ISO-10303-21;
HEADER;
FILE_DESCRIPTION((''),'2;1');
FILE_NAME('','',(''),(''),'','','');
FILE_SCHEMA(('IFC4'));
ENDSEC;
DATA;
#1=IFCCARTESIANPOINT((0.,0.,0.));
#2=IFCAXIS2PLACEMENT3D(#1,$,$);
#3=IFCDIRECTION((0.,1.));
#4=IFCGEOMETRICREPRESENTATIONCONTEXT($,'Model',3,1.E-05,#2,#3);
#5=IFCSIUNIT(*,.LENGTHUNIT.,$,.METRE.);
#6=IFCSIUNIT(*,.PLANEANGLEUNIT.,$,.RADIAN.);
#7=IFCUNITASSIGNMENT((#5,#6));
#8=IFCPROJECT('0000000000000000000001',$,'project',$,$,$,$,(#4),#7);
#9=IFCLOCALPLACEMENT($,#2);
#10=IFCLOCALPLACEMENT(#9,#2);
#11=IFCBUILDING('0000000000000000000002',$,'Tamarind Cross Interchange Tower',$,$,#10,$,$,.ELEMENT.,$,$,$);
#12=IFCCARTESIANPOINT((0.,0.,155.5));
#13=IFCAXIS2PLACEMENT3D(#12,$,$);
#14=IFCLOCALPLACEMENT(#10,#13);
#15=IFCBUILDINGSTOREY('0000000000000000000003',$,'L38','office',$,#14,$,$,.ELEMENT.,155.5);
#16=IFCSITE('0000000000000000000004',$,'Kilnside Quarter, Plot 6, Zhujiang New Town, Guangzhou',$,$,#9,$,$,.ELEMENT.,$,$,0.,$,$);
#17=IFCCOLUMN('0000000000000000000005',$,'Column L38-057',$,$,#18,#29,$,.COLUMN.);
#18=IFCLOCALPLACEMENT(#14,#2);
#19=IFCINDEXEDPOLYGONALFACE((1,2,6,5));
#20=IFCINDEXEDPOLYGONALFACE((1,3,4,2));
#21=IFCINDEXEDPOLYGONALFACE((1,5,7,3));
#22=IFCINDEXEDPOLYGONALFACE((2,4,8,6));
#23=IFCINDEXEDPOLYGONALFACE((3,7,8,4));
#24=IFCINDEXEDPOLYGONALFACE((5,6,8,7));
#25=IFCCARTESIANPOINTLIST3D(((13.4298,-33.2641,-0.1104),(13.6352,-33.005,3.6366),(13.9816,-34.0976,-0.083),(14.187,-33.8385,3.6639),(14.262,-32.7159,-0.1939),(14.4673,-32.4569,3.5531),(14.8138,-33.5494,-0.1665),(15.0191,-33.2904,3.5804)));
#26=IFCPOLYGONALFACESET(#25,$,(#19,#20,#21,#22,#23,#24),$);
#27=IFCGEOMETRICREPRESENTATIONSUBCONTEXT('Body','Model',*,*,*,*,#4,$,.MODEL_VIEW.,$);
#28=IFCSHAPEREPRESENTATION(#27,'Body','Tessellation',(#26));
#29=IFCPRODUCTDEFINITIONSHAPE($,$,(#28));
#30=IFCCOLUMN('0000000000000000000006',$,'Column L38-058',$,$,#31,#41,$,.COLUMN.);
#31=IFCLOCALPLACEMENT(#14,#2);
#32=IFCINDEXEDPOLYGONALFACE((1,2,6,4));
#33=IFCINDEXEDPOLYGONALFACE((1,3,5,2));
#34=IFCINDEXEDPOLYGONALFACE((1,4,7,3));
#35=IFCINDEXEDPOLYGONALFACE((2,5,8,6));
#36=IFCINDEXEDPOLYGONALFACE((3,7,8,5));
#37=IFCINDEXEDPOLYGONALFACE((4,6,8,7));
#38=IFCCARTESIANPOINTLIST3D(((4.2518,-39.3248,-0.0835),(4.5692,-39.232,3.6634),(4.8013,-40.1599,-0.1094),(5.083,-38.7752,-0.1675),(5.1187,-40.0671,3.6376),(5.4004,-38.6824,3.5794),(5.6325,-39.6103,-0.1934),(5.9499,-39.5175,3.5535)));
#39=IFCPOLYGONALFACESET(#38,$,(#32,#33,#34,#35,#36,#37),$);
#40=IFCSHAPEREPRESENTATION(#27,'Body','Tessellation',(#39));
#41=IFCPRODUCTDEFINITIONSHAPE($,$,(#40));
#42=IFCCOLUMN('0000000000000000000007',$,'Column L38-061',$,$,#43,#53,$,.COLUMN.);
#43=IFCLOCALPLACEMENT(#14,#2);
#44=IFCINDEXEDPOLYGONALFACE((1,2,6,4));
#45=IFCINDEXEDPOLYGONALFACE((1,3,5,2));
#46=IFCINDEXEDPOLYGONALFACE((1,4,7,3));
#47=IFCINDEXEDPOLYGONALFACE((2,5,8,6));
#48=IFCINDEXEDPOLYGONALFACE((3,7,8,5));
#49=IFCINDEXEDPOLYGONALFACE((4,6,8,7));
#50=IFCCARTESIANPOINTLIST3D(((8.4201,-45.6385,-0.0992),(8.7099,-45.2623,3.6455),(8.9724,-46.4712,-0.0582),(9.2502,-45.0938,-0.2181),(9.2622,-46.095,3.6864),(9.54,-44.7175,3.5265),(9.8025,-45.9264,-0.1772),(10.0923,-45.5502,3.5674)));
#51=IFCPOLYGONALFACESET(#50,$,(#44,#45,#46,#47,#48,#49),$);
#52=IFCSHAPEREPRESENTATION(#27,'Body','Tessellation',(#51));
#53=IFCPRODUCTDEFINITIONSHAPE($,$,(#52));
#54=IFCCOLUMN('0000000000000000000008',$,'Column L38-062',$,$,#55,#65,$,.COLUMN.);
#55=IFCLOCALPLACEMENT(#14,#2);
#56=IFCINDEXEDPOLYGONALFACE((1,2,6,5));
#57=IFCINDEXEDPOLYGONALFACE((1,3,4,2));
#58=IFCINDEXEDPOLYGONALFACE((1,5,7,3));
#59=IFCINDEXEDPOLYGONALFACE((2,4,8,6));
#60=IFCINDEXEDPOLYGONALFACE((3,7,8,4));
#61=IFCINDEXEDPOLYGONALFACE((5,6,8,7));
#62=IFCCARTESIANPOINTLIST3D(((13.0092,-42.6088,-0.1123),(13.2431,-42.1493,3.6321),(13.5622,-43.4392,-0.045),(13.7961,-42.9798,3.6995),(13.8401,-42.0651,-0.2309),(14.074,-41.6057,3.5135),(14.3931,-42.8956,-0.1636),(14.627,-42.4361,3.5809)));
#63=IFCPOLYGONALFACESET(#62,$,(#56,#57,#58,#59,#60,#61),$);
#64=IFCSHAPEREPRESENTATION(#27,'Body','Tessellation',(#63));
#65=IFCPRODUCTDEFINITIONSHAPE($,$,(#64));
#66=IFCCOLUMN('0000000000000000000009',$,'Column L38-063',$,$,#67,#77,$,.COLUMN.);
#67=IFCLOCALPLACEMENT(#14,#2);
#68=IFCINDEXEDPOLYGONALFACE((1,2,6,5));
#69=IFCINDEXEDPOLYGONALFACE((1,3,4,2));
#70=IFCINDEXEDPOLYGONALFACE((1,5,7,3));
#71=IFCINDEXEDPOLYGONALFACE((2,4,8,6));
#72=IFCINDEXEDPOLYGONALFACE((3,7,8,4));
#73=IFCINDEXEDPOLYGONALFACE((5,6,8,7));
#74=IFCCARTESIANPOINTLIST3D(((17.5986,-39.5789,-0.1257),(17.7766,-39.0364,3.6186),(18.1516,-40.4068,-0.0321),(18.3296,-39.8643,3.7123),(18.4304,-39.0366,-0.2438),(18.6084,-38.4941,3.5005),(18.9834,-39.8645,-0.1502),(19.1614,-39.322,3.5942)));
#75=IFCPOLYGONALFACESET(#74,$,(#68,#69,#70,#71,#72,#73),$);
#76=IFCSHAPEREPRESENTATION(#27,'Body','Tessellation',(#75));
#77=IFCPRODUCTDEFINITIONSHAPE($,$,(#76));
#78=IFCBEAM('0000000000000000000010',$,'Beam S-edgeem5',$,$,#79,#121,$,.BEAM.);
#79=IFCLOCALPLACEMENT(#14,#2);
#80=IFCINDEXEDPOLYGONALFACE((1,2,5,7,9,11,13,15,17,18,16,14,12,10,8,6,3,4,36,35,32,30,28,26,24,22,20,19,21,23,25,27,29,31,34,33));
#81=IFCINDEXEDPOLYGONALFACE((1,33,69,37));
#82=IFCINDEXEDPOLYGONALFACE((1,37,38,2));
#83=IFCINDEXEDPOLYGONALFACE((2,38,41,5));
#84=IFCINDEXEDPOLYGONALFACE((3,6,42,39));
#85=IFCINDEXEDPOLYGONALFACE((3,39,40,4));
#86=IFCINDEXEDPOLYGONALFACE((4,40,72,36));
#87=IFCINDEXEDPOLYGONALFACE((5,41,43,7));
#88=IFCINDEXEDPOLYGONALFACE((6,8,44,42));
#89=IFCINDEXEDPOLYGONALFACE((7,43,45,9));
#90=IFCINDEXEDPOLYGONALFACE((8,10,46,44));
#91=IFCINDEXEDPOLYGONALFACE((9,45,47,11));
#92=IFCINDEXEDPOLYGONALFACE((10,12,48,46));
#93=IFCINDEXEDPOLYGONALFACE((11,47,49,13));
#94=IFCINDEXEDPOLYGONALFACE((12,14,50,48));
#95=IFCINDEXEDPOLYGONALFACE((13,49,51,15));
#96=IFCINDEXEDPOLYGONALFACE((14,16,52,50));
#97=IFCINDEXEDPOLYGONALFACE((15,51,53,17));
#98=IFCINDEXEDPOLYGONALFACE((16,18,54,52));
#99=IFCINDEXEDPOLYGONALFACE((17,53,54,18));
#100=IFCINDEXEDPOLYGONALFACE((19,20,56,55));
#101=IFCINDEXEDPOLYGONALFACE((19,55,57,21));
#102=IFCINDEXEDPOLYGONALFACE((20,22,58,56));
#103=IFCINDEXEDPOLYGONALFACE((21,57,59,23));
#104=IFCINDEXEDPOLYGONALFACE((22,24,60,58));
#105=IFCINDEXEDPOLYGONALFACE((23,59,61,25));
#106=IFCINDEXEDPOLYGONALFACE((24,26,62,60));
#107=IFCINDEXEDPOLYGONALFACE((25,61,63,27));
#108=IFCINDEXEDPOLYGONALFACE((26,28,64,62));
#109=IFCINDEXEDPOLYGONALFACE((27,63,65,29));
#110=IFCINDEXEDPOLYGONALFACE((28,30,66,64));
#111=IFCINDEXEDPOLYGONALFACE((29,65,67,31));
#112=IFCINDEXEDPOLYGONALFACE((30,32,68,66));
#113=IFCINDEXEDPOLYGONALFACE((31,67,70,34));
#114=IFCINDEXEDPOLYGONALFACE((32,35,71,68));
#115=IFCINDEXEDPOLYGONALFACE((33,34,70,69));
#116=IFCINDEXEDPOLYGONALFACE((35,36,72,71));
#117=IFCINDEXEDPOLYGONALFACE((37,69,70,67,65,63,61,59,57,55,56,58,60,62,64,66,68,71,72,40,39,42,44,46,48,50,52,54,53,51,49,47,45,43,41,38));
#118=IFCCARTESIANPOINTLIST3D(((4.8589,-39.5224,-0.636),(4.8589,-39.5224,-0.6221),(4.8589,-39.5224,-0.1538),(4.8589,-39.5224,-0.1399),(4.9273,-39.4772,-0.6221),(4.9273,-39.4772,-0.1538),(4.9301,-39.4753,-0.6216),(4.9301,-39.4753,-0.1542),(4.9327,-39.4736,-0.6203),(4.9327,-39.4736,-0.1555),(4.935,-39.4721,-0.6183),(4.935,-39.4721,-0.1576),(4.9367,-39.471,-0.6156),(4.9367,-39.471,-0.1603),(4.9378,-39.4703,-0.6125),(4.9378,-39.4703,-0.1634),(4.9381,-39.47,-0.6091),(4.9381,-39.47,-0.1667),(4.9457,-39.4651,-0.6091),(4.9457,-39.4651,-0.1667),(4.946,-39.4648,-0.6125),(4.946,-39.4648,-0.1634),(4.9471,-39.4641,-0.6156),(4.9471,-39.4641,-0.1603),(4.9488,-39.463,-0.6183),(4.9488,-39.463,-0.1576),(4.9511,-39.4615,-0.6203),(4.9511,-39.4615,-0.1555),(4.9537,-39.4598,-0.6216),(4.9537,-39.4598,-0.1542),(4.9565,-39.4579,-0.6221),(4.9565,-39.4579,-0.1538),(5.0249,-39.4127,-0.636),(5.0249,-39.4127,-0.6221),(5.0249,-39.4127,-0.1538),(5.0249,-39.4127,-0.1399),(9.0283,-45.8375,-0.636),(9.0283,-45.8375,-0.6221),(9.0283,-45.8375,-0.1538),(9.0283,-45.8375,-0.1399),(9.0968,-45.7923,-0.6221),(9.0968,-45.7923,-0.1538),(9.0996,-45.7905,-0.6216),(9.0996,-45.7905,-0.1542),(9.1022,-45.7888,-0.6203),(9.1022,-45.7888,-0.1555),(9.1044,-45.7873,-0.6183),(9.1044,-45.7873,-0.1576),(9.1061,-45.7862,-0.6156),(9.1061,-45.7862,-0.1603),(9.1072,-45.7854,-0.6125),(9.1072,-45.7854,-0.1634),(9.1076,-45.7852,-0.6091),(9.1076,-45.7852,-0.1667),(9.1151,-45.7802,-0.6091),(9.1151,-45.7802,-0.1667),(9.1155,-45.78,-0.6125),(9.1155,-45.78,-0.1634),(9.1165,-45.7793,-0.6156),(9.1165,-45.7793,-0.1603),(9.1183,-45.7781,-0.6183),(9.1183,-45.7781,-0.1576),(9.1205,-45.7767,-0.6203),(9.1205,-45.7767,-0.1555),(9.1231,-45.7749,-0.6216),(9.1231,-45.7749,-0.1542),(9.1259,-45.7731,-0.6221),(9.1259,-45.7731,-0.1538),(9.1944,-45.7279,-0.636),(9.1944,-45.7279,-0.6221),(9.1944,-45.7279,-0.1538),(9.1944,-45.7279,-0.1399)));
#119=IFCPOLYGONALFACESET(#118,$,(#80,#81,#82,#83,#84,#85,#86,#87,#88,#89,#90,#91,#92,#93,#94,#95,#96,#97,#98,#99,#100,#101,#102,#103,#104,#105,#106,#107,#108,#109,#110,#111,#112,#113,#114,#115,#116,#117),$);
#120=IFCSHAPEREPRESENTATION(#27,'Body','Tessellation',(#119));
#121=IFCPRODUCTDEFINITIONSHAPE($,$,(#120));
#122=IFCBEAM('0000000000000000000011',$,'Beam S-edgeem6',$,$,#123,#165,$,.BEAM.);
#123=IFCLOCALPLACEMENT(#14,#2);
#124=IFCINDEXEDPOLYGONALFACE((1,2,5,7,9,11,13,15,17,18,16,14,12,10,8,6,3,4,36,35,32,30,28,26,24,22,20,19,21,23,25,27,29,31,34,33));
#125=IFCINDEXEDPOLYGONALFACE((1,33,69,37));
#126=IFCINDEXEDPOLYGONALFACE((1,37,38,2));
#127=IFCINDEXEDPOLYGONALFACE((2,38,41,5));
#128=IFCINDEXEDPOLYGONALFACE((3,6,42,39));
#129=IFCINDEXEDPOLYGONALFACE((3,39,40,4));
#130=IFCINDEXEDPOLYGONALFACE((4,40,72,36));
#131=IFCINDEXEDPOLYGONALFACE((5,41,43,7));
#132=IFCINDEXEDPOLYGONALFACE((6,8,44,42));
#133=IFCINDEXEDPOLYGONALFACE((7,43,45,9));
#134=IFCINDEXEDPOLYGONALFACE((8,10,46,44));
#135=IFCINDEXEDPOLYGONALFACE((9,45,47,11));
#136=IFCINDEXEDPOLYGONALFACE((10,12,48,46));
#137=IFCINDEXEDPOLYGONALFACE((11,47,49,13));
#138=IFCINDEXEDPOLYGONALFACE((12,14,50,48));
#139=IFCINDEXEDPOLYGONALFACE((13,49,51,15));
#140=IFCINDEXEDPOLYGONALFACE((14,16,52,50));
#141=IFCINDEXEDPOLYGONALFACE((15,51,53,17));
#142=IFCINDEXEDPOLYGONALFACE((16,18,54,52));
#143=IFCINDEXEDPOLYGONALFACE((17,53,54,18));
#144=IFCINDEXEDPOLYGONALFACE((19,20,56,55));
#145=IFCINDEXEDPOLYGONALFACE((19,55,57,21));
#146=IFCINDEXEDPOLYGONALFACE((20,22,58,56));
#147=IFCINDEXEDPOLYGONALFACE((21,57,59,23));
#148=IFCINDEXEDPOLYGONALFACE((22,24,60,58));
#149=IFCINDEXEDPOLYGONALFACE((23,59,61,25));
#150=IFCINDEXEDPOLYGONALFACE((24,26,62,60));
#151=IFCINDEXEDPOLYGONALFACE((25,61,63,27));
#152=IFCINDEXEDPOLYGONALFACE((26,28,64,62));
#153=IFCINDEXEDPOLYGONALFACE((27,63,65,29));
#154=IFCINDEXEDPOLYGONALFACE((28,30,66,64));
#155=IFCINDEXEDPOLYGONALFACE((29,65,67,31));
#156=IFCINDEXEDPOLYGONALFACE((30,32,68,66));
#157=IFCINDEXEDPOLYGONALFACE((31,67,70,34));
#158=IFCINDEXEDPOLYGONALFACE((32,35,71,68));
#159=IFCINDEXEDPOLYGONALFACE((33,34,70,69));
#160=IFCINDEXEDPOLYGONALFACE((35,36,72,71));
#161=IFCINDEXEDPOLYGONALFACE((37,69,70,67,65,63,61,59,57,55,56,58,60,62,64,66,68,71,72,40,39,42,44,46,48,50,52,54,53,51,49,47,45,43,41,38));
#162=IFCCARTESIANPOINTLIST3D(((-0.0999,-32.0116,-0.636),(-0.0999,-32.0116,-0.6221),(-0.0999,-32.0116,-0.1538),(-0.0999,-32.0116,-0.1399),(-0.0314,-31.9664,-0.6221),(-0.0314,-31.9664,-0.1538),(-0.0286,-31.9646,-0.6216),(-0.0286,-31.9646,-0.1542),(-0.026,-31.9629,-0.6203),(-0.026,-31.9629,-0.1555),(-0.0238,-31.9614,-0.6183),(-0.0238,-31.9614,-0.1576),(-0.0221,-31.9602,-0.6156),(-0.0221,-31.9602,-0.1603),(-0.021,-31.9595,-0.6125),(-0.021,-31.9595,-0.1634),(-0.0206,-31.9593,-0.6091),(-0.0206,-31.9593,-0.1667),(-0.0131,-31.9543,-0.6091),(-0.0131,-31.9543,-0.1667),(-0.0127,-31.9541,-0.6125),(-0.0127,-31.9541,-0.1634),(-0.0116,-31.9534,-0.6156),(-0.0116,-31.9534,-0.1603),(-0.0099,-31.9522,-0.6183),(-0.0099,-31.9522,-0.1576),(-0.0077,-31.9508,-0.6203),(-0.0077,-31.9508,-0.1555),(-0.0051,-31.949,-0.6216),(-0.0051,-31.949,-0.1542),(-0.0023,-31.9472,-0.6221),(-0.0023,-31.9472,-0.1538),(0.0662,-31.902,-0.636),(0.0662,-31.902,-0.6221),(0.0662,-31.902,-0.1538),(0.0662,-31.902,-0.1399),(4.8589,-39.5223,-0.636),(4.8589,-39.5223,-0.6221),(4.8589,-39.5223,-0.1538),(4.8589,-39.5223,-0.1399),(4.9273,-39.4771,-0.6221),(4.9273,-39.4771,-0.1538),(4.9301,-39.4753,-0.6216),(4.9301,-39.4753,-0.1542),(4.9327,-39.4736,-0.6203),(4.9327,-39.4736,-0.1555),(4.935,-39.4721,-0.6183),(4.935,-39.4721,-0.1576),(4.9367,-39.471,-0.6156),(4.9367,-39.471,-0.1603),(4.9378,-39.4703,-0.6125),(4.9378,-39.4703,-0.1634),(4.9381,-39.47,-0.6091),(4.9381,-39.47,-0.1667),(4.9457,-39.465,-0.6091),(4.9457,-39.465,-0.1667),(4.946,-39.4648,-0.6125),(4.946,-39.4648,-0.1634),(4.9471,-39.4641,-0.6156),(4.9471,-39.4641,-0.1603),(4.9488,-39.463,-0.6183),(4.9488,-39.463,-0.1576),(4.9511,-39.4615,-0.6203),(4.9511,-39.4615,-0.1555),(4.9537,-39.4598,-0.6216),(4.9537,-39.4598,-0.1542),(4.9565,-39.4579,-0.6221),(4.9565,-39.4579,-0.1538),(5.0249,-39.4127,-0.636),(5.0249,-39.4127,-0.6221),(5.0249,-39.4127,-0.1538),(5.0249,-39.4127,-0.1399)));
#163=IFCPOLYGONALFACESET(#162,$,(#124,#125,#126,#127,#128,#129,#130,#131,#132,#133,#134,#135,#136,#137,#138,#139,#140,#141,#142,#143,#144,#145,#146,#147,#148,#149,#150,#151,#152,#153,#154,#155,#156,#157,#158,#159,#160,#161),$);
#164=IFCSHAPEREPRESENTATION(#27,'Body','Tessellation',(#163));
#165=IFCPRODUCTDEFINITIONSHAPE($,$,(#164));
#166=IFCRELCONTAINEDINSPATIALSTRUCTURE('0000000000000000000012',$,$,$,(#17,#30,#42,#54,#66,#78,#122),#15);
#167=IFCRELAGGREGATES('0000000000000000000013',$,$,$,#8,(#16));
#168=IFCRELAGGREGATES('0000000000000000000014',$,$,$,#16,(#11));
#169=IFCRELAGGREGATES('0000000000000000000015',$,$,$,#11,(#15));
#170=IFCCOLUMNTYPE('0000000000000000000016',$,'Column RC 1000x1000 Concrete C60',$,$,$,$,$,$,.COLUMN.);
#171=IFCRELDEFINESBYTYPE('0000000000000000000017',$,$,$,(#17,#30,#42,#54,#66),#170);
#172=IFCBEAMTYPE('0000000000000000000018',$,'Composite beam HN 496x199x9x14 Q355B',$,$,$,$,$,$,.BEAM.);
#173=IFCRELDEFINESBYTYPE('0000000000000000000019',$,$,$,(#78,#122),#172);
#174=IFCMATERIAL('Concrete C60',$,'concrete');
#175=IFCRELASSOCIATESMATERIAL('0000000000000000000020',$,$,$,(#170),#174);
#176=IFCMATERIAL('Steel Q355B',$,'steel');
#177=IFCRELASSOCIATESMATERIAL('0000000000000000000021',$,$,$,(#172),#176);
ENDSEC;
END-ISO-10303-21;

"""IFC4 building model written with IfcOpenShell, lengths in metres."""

from ifc_helpers import new_model, si_unit, direction, frame, origin, origin_2d, place, context, subcontext, project, spatial, rectangle, i_section, extrude, material, material_profile, profile_set, type_object, element, save


model = new_model("IFC4")

# Units and contexts
model_context = context("Model", 3, precision=1e-05, world=origin(), true_north=direction((0.0, 1.0)))
body_context = subcontext(model_context, "Body", "Model", "MODEL_VIEW")
ifc_project = project(units=[si_unit("LENGTHUNIT", "METRE"), si_unit("PLANEANGLEUNIT", "RADIAN")], contexts=[model_context])

# Site, building, storey
site_placement = place(None, origin())
site = spatial("IfcSite", under=ifc_project, at=site_placement, Name="Kilnside Quarter, Plot 6, Zhujiang New Town, Guangzhou", CompositionType="ELEMENT", RefElevation=0.0)
building_placement = place(site_placement, origin())
building = spatial("IfcBuilding", under=site, at=building_placement, Name="Tamarind Cross Interchange Tower", CompositionType="ELEMENT")
storey_placement = place(building_placement, frame((0.0, 0.0, 155.5)))
storey = spatial("IfcBuildingStorey", under=building, at=storey_placement, Name="L38", Description="office", CompositionType="ELEMENT", Elevation=155.5)

# Columns
ifc_material_1 = material(Name="Concrete C60", Category="concrete")
ifc_material_profile_1 = material_profile(ifc_material_1, rectangle(XDim=1.0, YDim=1.0, at=origin_2d()), Name="RC 1000x1000")
ifc_profile_set_1 = profile_set([ifc_material_profile_1], Name="Concrete C60")
column_type = type_object("IfcColumnType", Name="Column RC 1000x1000 Concrete C60", PredefinedType="COLUMN", material=ifc_profile_set_1)
for number, where, z_axis, x_axis, name in (
    (1, (14.1218, -33.4067, -0.1384), (0.054587, 0.068867, 0.996131), (-0.832189, -0.54817, 0.0835), "Column L38-057"),
    (2, (4.9421, -39.4675, -0.1384), (0.084379, 0.024665, 0.996128), (-0.549505, 0.83509, 0.02587), "Column L38-058"),
):
    element("IfcColumn", number, at=place(storey_placement, frame(where, z_axis=z_axis, x_axis=x_axis)), inside=storey, type_object=column_type, Name=name, PredefinedType="COLUMN", context=body_context, shape_type="SweptSolid", body=[
        extrude(rectangle(XDim=1.0, YDim=1.0, at=origin_2d()), origin(), (0.0, 0.0, 1.0), 3.7615),
    ])
column_1_placement = place(storey_placement, frame((9.1113, -45.7825, -0.1382), z_axis=(0.076775, 0.099671, 0.992054), x_axis=(-0.830095, -0.544783, 0.118975)))
element("IfcColumn", 3, at=column_1_placement, inside=storey, type_object=column_type, Name="Column L38-061", PredefinedType="COLUMN", context=body_context, shape_type="SweptSolid", body=[
    extrude(rectangle(XDim=1.0, YDim=1.0, at=origin_2d()), origin(), (0.0, 0.0, 1.0), 3.7747),
])
column_2_placement = place(storey_placement, frame((13.7012, -42.7522, -0.1379), z_axis=(0.061879, 0.121563, 0.990653), x_axis=(-0.830909, -0.543619, 0.118609)))
element("IfcColumn", 4, at=column_2_placement, inside=storey, type_object=column_type, Name="Column L38-062", PredefinedType="COLUMN", context=body_context, shape_type="SweptSolid", body=[
    extrude(rectangle(XDim=1.0, YDim=1.0, at=origin_2d()), origin(), (0.0, 0.0, 1.0), 3.7798),
])
column_3_placement = place(storey_placement, frame((18.291, -39.7217, -0.1379), z_axis=(0.046989, 0.143223, 0.988574), x_axis=(-0.83186, -0.542274, 0.118104)))
element("IfcColumn", 5, at=column_3_placement, inside=storey, type_object=column_type, Name="Column L38-063", PredefinedType="COLUMN", context=body_context, shape_type="SweptSolid", body=[
    extrude(rectangle(XDim=1.0, YDim=1.0, at=origin_2d()), origin(), (0.0, 0.0, 1.0), 3.7876),
])

# Beams
ifc_material_2 = material(Name="Steel Q355B", Category="steel")
ifc_material_profile_2 = material_profile(ifc_material_2, i_section(OverallWidth=0.199, OverallDepth=0.4961, WebThickness=0.009, FlangeThickness=0.0139, FilletRadius=0.0129, at=origin_2d()), Name="HN 496x199x9x14")
ifc_profile_set_2 = profile_set([ifc_material_profile_2], Name="Steel Q355B")
beam_type_1 = type_object("IfcBeamType", Name="Composite beam HN 496x199x9x14 Q355B", PredefinedType="BEAM", material=ifc_profile_set_2)
beam_1_placement = place(storey_placement, frame((9.1113, -45.7827, -0.3879), z_axis=(-0.550972, 0.834524, 0.0), x_axis=(-0.834524, -0.550972, 0.0)))
element("IfcBeam", 6, at=beam_1_placement, inside=storey, type_object=beam_type_1, Name="Beam S-edgeem5", PredefinedType="BEAM", context=body_context, shape_type="SweptSolid", body=[
    extrude(i_section(OverallWidth=0.199, OverallDepth=0.4961, WebThickness=0.009, FlangeThickness=0.0139, FilletRadius=0.0129, at=origin_2d()), origin(), (0.0, 0.0, 1.0), 7.5674),
])
beam_2_placement = place(storey_placement, frame((4.9419, -39.4675, -0.3879), z_axis=(-0.55097, 0.834525, 0.0), x_axis=(-0.834525, -0.55097, 0.0)))
element("IfcBeam", 7, at=beam_2_placement, inside=storey, type_object=beam_type_1, Name="Beam S-edgeem6", PredefinedType="BEAM", context=body_context, shape_type="SweptSolid", body=[
    extrude(i_section(OverallWidth=0.199, OverallDepth=0.4961, WebThickness=0.009, FlangeThickness=0.0139, FilletRadius=0.0129, at=origin_2d()), origin(), (0.0, 0.0, 1.0), 9.0),
])

save(model, "model.ifc")
